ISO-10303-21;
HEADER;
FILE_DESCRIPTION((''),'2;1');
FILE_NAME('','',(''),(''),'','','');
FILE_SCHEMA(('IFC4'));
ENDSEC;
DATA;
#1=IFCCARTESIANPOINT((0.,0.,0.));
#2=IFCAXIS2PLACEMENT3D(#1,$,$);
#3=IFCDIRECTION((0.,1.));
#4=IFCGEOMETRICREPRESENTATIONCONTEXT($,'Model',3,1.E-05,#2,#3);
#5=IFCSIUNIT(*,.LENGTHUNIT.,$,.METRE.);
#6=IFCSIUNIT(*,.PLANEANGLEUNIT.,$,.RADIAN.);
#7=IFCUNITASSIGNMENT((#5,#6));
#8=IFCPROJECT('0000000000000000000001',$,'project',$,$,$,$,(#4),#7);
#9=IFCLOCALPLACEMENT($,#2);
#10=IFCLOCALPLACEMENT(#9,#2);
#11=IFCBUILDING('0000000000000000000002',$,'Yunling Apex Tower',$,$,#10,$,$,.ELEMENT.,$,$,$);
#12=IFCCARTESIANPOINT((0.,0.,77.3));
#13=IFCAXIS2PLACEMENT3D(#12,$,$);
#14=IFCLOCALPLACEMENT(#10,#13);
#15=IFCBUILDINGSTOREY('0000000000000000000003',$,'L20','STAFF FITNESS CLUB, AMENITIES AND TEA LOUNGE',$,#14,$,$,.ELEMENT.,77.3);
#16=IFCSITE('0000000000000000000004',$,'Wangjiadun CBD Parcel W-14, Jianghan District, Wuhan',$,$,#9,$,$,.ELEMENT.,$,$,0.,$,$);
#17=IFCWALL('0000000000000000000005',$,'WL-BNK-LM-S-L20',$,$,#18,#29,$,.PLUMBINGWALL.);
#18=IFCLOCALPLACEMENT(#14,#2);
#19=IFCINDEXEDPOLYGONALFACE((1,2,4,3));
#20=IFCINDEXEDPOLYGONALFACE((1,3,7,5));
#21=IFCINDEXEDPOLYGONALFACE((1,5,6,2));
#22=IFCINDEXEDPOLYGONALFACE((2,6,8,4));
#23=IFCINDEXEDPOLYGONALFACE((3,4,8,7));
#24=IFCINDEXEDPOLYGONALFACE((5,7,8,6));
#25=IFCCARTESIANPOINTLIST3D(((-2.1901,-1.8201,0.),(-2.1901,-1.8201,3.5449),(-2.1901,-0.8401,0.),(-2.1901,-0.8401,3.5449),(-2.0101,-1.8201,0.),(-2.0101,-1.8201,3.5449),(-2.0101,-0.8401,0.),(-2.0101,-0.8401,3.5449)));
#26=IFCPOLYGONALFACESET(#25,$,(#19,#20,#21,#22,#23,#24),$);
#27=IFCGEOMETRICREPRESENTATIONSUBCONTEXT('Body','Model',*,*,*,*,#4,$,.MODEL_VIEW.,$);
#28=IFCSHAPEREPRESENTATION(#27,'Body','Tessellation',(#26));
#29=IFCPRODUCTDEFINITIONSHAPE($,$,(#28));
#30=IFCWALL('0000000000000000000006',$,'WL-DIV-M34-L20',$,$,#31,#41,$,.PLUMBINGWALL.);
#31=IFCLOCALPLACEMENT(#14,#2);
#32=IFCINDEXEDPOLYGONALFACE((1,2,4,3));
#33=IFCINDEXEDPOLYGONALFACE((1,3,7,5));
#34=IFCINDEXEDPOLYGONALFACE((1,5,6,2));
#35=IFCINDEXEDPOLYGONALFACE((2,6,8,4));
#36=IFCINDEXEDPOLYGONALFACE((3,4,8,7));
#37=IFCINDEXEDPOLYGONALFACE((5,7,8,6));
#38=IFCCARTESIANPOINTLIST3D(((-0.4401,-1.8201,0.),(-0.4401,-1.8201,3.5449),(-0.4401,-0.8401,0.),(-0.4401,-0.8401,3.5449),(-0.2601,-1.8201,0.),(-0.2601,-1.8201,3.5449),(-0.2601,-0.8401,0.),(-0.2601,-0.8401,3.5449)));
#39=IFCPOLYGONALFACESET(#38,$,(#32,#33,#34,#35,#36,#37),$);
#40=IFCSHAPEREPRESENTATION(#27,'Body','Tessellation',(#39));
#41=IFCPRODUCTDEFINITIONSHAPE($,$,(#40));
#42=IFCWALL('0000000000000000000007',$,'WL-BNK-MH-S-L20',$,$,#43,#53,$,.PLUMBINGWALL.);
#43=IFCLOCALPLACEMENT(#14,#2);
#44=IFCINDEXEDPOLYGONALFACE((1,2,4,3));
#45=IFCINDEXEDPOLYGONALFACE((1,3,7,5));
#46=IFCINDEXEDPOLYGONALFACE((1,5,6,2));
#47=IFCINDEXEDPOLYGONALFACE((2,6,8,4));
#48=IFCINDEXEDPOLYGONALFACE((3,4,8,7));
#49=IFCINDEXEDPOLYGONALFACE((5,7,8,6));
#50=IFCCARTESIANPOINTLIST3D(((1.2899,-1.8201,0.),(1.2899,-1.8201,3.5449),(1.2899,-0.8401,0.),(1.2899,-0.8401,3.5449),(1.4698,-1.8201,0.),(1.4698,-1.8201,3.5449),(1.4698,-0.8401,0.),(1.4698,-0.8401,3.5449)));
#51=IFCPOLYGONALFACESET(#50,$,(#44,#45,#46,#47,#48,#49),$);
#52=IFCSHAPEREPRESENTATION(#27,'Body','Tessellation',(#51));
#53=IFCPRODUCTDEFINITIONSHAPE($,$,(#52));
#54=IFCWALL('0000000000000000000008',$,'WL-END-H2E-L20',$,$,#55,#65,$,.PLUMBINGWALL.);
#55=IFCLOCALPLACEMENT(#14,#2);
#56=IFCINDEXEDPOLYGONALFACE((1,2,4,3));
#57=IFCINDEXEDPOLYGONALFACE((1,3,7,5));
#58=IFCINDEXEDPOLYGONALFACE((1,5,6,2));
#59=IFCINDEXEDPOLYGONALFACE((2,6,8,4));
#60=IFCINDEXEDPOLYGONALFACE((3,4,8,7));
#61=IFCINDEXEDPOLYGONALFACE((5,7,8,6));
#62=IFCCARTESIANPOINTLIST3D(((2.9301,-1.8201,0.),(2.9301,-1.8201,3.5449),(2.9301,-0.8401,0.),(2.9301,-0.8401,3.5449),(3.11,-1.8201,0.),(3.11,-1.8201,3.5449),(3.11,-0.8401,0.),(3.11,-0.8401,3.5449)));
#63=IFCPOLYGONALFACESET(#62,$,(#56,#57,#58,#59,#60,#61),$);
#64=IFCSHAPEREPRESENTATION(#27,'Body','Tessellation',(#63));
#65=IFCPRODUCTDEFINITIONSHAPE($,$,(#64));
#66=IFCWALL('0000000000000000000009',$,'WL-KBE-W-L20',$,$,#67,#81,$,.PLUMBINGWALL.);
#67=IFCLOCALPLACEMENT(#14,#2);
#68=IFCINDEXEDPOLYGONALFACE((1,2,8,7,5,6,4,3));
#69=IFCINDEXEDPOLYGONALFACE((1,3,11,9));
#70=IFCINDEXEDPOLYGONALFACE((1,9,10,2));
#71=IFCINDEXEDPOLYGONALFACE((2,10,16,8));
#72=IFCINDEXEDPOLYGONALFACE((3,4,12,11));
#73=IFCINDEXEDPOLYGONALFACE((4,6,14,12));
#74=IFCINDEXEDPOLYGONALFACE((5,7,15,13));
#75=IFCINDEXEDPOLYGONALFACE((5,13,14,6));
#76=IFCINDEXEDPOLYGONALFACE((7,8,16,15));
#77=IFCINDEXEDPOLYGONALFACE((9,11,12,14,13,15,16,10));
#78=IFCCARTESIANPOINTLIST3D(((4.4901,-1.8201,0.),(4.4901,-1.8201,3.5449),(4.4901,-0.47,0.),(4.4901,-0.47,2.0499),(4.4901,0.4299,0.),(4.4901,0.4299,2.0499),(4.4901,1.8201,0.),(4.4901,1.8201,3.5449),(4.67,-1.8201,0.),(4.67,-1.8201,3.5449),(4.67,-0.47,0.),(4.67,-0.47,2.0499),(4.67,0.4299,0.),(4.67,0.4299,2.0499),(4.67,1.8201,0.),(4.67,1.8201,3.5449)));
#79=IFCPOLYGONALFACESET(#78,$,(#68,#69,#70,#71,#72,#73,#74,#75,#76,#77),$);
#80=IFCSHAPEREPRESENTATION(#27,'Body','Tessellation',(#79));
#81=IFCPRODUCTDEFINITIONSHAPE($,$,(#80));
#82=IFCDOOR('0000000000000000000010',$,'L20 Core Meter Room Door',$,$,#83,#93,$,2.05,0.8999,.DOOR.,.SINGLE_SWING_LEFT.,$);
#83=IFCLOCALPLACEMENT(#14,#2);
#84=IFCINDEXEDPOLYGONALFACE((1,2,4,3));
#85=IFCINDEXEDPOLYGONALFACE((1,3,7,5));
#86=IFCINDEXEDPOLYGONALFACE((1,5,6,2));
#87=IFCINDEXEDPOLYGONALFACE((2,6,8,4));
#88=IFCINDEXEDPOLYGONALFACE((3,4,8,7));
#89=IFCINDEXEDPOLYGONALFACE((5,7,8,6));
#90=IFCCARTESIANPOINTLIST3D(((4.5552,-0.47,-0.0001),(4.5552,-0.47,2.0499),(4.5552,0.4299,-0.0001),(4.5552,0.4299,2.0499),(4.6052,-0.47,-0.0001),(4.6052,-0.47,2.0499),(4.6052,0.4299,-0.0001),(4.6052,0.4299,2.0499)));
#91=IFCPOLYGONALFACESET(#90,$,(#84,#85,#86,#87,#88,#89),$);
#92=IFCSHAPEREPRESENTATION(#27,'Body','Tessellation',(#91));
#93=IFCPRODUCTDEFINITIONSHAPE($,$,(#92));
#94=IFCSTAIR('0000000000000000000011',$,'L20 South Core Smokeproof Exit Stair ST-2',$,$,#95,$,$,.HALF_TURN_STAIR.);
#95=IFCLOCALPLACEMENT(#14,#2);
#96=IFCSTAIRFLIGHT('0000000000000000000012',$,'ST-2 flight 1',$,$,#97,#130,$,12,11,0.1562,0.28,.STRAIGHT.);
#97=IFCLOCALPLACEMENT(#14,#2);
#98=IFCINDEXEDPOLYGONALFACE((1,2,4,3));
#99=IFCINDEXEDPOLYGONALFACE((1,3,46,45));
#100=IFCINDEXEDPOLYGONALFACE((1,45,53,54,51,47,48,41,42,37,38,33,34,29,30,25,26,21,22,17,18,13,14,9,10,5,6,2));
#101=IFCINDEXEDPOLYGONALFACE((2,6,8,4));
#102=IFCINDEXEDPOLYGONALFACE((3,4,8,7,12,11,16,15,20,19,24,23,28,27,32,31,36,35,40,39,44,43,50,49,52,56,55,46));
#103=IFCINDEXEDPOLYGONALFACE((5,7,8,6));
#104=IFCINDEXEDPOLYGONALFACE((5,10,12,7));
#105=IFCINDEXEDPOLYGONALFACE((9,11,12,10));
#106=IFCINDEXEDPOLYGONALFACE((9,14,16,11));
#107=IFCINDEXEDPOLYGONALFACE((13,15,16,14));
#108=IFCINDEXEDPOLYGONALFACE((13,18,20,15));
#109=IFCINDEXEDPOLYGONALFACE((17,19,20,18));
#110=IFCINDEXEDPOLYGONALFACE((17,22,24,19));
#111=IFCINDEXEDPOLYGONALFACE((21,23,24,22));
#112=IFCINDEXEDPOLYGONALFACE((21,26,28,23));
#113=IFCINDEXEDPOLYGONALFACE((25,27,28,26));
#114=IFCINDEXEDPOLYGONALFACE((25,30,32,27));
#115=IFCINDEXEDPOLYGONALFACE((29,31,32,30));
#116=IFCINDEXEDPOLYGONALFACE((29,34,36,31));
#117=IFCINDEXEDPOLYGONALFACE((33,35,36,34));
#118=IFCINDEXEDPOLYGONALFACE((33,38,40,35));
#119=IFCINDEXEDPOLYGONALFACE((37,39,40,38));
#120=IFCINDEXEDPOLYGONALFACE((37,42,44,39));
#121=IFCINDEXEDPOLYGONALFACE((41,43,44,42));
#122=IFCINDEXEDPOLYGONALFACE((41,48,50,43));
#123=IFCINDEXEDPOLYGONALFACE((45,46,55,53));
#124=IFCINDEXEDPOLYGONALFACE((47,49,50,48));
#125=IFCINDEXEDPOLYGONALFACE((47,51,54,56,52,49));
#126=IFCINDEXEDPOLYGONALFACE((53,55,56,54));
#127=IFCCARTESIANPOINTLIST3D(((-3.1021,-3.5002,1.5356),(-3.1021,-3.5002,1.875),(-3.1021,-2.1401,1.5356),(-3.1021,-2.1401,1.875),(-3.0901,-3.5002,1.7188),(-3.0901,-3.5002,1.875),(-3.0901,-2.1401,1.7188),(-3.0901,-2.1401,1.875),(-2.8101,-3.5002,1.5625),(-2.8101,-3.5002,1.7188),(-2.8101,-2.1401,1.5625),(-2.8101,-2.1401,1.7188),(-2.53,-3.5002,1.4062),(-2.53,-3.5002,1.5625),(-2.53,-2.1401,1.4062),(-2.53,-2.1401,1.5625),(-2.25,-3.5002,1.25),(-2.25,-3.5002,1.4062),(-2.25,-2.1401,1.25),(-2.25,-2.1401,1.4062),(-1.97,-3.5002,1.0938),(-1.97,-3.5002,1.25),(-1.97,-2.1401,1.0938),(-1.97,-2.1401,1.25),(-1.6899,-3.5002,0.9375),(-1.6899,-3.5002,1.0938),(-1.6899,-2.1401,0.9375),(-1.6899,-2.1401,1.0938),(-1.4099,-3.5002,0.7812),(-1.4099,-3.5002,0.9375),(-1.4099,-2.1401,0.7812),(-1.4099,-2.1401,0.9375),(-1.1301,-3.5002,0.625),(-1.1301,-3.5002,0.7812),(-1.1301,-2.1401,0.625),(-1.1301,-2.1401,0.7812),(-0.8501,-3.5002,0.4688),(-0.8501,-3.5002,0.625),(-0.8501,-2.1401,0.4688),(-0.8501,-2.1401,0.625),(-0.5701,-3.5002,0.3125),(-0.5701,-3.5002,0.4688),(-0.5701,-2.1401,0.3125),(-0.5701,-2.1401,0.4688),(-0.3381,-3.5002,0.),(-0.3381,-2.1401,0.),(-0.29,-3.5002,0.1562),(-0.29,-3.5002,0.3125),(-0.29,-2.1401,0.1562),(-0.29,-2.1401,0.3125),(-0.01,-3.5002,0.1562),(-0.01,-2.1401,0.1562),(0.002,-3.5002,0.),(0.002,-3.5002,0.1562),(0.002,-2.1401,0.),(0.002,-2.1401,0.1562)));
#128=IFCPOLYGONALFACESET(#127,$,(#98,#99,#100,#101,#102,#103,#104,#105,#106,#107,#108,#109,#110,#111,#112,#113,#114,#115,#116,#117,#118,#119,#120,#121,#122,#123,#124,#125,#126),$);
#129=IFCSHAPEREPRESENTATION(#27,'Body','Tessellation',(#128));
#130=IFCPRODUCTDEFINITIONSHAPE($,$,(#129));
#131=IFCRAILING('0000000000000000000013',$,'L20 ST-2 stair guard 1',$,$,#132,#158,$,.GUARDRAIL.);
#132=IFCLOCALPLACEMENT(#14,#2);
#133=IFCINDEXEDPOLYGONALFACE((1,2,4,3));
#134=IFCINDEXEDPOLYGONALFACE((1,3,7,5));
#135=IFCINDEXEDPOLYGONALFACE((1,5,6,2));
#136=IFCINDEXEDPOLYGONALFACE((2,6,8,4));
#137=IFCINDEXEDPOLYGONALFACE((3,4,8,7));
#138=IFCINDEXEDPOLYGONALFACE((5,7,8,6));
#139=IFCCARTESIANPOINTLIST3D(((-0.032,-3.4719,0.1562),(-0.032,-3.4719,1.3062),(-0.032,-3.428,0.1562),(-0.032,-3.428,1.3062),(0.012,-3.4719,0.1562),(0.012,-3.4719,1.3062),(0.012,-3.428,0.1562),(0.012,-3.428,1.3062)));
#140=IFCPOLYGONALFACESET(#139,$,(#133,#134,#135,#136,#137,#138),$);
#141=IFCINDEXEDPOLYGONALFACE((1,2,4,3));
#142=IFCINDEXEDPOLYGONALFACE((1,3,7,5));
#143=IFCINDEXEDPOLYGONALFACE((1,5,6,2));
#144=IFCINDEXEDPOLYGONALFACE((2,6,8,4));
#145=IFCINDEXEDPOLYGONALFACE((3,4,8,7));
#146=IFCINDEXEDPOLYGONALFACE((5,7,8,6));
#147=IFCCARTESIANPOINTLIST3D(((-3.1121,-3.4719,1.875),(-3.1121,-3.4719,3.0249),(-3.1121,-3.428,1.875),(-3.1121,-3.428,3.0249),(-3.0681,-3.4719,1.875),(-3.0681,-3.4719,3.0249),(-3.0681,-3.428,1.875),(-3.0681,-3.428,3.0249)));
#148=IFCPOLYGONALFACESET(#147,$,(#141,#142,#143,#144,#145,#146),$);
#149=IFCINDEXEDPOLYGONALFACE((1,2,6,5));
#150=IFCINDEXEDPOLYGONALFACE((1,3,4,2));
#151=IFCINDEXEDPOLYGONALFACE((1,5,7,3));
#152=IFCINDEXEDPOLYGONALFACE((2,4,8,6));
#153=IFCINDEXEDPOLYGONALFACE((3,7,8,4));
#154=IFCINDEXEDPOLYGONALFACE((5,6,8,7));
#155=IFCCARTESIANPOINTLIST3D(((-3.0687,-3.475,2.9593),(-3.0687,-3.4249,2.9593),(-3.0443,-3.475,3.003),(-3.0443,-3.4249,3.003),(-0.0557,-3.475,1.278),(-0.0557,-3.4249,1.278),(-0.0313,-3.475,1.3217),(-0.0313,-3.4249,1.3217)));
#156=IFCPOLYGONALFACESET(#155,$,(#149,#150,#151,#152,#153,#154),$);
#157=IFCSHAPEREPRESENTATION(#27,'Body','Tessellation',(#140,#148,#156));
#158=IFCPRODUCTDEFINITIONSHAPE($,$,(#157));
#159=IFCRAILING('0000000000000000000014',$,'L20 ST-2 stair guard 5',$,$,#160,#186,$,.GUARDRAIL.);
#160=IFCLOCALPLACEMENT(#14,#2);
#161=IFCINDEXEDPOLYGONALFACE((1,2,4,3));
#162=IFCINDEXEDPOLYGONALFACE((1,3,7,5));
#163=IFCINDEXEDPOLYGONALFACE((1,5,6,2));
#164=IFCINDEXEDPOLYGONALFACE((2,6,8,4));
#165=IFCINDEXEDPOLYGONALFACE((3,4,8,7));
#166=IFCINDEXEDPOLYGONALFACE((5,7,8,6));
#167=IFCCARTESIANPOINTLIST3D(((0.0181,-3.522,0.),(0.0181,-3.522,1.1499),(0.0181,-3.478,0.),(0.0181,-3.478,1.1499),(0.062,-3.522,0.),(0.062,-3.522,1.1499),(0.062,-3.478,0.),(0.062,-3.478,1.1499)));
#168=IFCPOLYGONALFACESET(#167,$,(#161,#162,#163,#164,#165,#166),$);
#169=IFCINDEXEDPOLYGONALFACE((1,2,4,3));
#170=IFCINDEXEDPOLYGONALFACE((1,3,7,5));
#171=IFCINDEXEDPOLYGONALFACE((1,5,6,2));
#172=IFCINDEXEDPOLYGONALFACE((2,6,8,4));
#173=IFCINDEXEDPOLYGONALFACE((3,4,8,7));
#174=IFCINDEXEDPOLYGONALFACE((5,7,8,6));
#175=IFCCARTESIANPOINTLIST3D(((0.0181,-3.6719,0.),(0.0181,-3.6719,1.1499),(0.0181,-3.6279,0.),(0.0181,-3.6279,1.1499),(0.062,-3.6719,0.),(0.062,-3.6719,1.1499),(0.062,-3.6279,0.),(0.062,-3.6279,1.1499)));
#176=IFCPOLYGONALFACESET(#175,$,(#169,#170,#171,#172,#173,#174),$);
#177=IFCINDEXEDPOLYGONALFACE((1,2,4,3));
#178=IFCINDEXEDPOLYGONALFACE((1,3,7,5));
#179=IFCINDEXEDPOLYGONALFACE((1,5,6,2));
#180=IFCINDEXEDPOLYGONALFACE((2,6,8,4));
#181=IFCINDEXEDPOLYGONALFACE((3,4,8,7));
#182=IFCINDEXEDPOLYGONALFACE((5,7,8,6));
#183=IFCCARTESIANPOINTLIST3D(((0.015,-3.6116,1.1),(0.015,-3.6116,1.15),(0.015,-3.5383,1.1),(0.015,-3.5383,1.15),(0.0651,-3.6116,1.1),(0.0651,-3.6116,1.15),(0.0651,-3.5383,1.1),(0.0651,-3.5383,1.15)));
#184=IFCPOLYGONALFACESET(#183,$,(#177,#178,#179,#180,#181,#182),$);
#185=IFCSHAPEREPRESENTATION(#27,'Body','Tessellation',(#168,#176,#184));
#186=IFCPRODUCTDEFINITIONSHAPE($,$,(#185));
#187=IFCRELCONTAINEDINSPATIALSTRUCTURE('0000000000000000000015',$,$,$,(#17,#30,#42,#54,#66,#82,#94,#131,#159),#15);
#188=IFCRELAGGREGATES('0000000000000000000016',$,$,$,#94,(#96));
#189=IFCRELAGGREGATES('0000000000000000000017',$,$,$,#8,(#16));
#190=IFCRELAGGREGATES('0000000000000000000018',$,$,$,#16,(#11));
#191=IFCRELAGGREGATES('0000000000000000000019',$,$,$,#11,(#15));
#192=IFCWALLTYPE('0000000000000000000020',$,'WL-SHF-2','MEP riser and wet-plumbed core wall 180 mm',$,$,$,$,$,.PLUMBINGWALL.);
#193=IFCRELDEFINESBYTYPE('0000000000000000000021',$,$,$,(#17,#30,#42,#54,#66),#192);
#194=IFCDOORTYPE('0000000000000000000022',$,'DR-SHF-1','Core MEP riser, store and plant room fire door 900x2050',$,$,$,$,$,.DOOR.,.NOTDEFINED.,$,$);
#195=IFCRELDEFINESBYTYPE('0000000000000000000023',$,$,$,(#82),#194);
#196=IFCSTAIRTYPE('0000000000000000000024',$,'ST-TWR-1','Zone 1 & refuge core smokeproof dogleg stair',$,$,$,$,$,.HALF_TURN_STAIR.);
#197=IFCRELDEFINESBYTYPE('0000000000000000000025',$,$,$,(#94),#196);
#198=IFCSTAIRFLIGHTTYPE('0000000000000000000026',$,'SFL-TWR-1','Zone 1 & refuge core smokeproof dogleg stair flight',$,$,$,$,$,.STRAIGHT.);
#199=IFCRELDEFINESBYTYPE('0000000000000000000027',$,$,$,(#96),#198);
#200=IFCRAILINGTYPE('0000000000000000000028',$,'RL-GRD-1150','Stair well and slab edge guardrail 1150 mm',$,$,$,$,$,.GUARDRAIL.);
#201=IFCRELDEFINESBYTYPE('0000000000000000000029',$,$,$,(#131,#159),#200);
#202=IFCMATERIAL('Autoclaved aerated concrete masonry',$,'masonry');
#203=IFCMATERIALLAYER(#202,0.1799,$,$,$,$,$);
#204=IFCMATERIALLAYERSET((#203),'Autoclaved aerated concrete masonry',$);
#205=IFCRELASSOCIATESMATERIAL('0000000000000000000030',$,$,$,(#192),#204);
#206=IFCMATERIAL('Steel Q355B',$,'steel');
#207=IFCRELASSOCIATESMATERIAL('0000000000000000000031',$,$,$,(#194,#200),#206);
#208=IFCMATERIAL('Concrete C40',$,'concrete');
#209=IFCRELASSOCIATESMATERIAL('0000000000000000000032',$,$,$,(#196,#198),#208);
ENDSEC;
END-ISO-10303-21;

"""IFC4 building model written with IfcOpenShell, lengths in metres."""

from ifc_helpers import new_model, si_unit, direction, frame, frame_2d, origin, origin_2d, place, context, subcontext, project, spatial, polyline, rectangle, outline, extrude, material, layer, layer_set, type_object, element, fill, aggregate, save


model = new_model("IFC4")

# Units and contexts
model_context = context("Model", 3, precision=1e-05, world=origin(), true_north=direction((0.0, 1.0)))
body_context = subcontext(model_context, "Body", "Model", "MODEL_VIEW")
ifc_project = project(units=[si_unit("LENGTHUNIT", "METRE"), si_unit("PLANEANGLEUNIT", "RADIAN")], contexts=[model_context])

# Site, building, storey
site_placement = place(None, origin())
site = spatial("IfcSite", under=ifc_project, at=site_placement, Name="Wangjiadun CBD Parcel W-14, Jianghan District, Wuhan", CompositionType="ELEMENT", RefElevation=0.0)
building_placement = place(site_placement, origin())
building = spatial("IfcBuilding", under=site, at=building_placement, Name="Yunling Apex Tower", CompositionType="ELEMENT")
storey_placement = place(building_placement, frame((0.0, 0.0, 77.3)))
storey = spatial("IfcBuildingStorey", under=building, at=storey_placement, Name="L20", Description="STAFF FITNESS CLUB, AMENITIES AND TEA LOUNGE", CompositionType="ELEMENT", Elevation=77.3)

# Shared definitions
ifc_material_1 = material(Name="Steel Q355B", Category="steel")

# Shared definitions
ifc_material_2 = material(Name="Concrete C40", Category="concrete")

# Shared definitions
ifc_material_3 = material(Name="Autoclaved aerated concrete masonry", Category="masonry")

# Walls
ifc_layer_1 = layer(ifc_material_3, 0.1799)
ifc_layer_set_1 = layer_set([ifc_layer_1], Name="Autoclaved aerated concrete masonry")
wall_type_1 = type_object("IfcWallType", Name="WL-SHF-2", Description="MEP riser and wet-plumbed core wall 180 mm", PredefinedType="PLUMBINGWALL", material=ifc_layer_set_1)
for number, where, z_axis, x_axis, name in (
    (1, (-2.1001, -1.8201, 0.0), (0.0, 0.0, 1.0), (0.0, 1.0, 0.0), "WL-BNK-LM-S-L20"),
    (2, (-0.3501, -1.8201, 0.0), (0.0, 0.0, 1.0), (0.0, 1.0, 0.0), "WL-DIV-M34-L20"),
    (3, (1.3799, -1.8201, 0.0), (0.0, 0.0, 1.0), (0.0, 1.0, 0.0), "WL-BNK-MH-S-L20"),
    (4, (3.02, -1.8201, 0.0), (0.0, 0.0, 1.0), (0.0, 1.0, 0.0), "WL-END-H2E-L20"),
):
    element("IfcWall", number, at=place(storey_placement, frame(where, z_axis=z_axis, x_axis=x_axis)), inside=storey, type_object=wall_type_1, Name=name, PredefinedType="PLUMBINGWALL", context=body_context, shape_type="SweptSolid", body=[
        extrude(rectangle(XDim=0.98, YDim=0.1799, at=frame_2d((0.49, 0.0))), origin(), (0.0, 0.0, 1.0), 3.5449),
    ])

# Wall, opening, door
wall_1_placement = place(storey_placement, frame((4.5801, -1.8201, 0.0), z_axis=(0.0, 0.0, 1.0), x_axis=(0.0, 1.0, 0.0)))
wall_1 = element("IfcWall", 5, at=wall_1_placement, inside=storey, type_object=wall_type_1, Name="WL-KBE-W-L20", PredefinedType="PLUMBINGWALL", context=body_context, shape_type="SweptSolid", body=[
    extrude(rectangle(XDim=3.6401, YDim=0.1799, at=frame_2d((1.8201, 0.0))), origin(), (0.0, 0.0, 1.0), 3.5449),
])
opening_1_placement = place(wall_1_placement, frame((1.3501, 0.0, 0.0)))
opening_1 = element("IfcOpeningElement", 6, at=opening_1_placement, cuts=wall_1, PredefinedType="OPENING", context=body_context, shape_type="SweptSolid", body=[
    extrude(rectangle(XDim=0.8999, YDim=2.05, at=frame_2d((0.45, 1.0249))), frame((0.0, 0.1001, 0.0), z_axis=(0.0, -1.0, 0.0), x_axis=(1.0, 0.0, 0.0)), (0.0, 0.0, 1.0), 0.2),
])
door_type_1 = type_object("IfcDoorType", Name="DR-SHF-1", Description="Core MEP riser, store and plant room fire door 900x2050", OperationType="NOTDEFINED", PredefinedType="DOOR", material=ifc_material_1)
door_1_placement = place(opening_1_placement, origin())
door_1 = element("IfcDoor", 7, at=door_1_placement, inside=storey, type_object=door_type_1, Name="L20 Core Meter Room Door", OperationType="SINGLE_SWING_LEFT", OverallHeight=2.05, OverallWidth=0.8999, PredefinedType="DOOR", context=body_context, shape_type="SweptSolid", body=[
    extrude(rectangle(XDim=0.8999, YDim=2.05, at=frame_2d((0.45, 1.0249))), frame((0.0, 0.0249, 0.0), z_axis=(0.0, -1.0, 0.0), x_axis=(1.0, 0.0, 0.0)), (0.0, 0.0, 1.0), 0.05),
])
fill(opening_1, door_1)

# Stair, stair flight
stair_type = type_object("IfcStairType", Name="ST-TWR-1", Description="Zone 1 & refuge core smokeproof dogleg stair", PredefinedType="HALF_TURN_STAIR", material=ifc_material_2)
stair_placement = place(storey_placement, origin())
stair = element("IfcStair", 8, at=stair_placement, inside=storey, type_object=stair_type, Name="L20 South Core Smokeproof Exit Stair ST-2", PredefinedType="HALF_TURN_STAIR")
stair_flight_type = type_object("IfcStairFlightType", Name="SFL-TWR-1", Description="Zone 1 & refuge core smokeproof dogleg stair flight", PredefinedType="STRAIGHT", material=ifc_material_2)
stair_flight_placement = place(storey_placement, frame((-0.01, -2.8201, 0.0), z_axis=(0.0, 0.0, 1.0), x_axis=(-1.0, 0.0, 0.0)))
stair_flight = element("IfcStairFlight", 9, at=stair_flight_placement, type_object=stair_flight_type, Name="ST-2 flight 1", NumberOfRisers=12, NumberOfTreads=11, PredefinedType="STRAIGHT", RiserHeight=0.1562, TreadLength=0.28, context=body_context, shape_type="SweptSolid", body=[
    extrude(outline(polyline([(-0.012, 0.0), (-0.012, 0.1562), (0.0, 0.1562), (0.28, 0.1562), (0.28, 0.3125), (0.5601, 0.3125), (0.5601, 0.4688), (0.8401, 0.4688), (0.8401, 0.625), (1.1201, 0.625), (1.1201, 0.7812), (1.3999, 0.7812), (1.3999, 0.9375), (1.6799, 0.9375), (1.6799, 1.0938), (1.96, 1.0938), (1.96, 1.25), (2.24, 1.25), (2.24, 1.4062), (2.52, 1.4062), (2.52, 1.5625), (2.8, 1.5625), (2.8, 1.7188), (3.0801, 1.7188), (3.0801, 1.875), (3.092, 1.875), (3.092, 1.5356), (0.3281, 0.0), (-0.012, 0.0)])), frame((0.0, 0.6802, 0.0), z_axis=(0.0, -1.0, 0.0), x_axis=(1.0, 0.0, 0.0)), (0.0, 0.0, 1.0), 1.3601),
])
aggregate(stair, [stair_flight])

# Railings
railing_type_1 = type_object("IfcRailingType", Name="RL-GRD-1150", Description="Stair well and slab edge guardrail 1150 mm", PredefinedType="GUARDRAIL", material=ifc_material_1)
railing_1_placement = place(storey_placement, frame((-0.01, -3.45, 0.1562)))
element("IfcRailing", 10, at=railing_1_placement, inside=storey, type_object=railing_type_1, Name="L20 ST-2 stair guard 1", PredefinedType="GUARDRAIL", context=body_context, shape_type="SweptSolid", body=[
    extrude(rectangle(XDim=0.0439, YDim=0.0439, at=origin_2d()), origin(), (0.0, 0.0, 1.0), 1.1499),
    extrude(rectangle(XDim=0.0439, YDim=0.0439, at=origin_2d()), frame((-3.0801, 0.0, 1.7188)), (0.0, 0.0, 1.0), 1.1499),
    extrude(rectangle(XDim=0.05, YDim=0.05, at=origin_2d()), frame((-0.0334, 0.0, 1.1436), z_axis=(-0.873242, 0.0, 0.487288), x_axis=(0.0, -1.0, 0.0)), (0.0, 0.0, 1.0), 3.4504),
])
railing_2_placement = place(storey_placement, frame((0.04, -3.5, 0.0)))
element("IfcRailing", 11, at=railing_2_placement, inside=storey, type_object=railing_type_1, Name="L20 ST-2 stair guard 5", PredefinedType="GUARDRAIL", context=body_context, shape_type="SweptSolid", body=[
    extrude(rectangle(XDim=0.0439, YDim=0.0439, at=origin_2d()), origin(), (0.0, 0.0, 1.0), 1.1499),
    extrude(rectangle(XDim=0.0439, YDim=0.0439, at=origin_2d()), frame((0.0, -0.1499, 0.0)), (0.0, 0.0, 1.0), 1.1499),
    extrude(rectangle(XDim=0.05, YDim=0.05, at=origin_2d()), frame((0.0, -0.0383, 1.125), z_axis=(0.0, -1.0, 0.0), x_axis=(1.0, 0.0, 0.0)), (0.0, 0.0, 1.0), 0.0732),
])

save(model, "model.ifc")
